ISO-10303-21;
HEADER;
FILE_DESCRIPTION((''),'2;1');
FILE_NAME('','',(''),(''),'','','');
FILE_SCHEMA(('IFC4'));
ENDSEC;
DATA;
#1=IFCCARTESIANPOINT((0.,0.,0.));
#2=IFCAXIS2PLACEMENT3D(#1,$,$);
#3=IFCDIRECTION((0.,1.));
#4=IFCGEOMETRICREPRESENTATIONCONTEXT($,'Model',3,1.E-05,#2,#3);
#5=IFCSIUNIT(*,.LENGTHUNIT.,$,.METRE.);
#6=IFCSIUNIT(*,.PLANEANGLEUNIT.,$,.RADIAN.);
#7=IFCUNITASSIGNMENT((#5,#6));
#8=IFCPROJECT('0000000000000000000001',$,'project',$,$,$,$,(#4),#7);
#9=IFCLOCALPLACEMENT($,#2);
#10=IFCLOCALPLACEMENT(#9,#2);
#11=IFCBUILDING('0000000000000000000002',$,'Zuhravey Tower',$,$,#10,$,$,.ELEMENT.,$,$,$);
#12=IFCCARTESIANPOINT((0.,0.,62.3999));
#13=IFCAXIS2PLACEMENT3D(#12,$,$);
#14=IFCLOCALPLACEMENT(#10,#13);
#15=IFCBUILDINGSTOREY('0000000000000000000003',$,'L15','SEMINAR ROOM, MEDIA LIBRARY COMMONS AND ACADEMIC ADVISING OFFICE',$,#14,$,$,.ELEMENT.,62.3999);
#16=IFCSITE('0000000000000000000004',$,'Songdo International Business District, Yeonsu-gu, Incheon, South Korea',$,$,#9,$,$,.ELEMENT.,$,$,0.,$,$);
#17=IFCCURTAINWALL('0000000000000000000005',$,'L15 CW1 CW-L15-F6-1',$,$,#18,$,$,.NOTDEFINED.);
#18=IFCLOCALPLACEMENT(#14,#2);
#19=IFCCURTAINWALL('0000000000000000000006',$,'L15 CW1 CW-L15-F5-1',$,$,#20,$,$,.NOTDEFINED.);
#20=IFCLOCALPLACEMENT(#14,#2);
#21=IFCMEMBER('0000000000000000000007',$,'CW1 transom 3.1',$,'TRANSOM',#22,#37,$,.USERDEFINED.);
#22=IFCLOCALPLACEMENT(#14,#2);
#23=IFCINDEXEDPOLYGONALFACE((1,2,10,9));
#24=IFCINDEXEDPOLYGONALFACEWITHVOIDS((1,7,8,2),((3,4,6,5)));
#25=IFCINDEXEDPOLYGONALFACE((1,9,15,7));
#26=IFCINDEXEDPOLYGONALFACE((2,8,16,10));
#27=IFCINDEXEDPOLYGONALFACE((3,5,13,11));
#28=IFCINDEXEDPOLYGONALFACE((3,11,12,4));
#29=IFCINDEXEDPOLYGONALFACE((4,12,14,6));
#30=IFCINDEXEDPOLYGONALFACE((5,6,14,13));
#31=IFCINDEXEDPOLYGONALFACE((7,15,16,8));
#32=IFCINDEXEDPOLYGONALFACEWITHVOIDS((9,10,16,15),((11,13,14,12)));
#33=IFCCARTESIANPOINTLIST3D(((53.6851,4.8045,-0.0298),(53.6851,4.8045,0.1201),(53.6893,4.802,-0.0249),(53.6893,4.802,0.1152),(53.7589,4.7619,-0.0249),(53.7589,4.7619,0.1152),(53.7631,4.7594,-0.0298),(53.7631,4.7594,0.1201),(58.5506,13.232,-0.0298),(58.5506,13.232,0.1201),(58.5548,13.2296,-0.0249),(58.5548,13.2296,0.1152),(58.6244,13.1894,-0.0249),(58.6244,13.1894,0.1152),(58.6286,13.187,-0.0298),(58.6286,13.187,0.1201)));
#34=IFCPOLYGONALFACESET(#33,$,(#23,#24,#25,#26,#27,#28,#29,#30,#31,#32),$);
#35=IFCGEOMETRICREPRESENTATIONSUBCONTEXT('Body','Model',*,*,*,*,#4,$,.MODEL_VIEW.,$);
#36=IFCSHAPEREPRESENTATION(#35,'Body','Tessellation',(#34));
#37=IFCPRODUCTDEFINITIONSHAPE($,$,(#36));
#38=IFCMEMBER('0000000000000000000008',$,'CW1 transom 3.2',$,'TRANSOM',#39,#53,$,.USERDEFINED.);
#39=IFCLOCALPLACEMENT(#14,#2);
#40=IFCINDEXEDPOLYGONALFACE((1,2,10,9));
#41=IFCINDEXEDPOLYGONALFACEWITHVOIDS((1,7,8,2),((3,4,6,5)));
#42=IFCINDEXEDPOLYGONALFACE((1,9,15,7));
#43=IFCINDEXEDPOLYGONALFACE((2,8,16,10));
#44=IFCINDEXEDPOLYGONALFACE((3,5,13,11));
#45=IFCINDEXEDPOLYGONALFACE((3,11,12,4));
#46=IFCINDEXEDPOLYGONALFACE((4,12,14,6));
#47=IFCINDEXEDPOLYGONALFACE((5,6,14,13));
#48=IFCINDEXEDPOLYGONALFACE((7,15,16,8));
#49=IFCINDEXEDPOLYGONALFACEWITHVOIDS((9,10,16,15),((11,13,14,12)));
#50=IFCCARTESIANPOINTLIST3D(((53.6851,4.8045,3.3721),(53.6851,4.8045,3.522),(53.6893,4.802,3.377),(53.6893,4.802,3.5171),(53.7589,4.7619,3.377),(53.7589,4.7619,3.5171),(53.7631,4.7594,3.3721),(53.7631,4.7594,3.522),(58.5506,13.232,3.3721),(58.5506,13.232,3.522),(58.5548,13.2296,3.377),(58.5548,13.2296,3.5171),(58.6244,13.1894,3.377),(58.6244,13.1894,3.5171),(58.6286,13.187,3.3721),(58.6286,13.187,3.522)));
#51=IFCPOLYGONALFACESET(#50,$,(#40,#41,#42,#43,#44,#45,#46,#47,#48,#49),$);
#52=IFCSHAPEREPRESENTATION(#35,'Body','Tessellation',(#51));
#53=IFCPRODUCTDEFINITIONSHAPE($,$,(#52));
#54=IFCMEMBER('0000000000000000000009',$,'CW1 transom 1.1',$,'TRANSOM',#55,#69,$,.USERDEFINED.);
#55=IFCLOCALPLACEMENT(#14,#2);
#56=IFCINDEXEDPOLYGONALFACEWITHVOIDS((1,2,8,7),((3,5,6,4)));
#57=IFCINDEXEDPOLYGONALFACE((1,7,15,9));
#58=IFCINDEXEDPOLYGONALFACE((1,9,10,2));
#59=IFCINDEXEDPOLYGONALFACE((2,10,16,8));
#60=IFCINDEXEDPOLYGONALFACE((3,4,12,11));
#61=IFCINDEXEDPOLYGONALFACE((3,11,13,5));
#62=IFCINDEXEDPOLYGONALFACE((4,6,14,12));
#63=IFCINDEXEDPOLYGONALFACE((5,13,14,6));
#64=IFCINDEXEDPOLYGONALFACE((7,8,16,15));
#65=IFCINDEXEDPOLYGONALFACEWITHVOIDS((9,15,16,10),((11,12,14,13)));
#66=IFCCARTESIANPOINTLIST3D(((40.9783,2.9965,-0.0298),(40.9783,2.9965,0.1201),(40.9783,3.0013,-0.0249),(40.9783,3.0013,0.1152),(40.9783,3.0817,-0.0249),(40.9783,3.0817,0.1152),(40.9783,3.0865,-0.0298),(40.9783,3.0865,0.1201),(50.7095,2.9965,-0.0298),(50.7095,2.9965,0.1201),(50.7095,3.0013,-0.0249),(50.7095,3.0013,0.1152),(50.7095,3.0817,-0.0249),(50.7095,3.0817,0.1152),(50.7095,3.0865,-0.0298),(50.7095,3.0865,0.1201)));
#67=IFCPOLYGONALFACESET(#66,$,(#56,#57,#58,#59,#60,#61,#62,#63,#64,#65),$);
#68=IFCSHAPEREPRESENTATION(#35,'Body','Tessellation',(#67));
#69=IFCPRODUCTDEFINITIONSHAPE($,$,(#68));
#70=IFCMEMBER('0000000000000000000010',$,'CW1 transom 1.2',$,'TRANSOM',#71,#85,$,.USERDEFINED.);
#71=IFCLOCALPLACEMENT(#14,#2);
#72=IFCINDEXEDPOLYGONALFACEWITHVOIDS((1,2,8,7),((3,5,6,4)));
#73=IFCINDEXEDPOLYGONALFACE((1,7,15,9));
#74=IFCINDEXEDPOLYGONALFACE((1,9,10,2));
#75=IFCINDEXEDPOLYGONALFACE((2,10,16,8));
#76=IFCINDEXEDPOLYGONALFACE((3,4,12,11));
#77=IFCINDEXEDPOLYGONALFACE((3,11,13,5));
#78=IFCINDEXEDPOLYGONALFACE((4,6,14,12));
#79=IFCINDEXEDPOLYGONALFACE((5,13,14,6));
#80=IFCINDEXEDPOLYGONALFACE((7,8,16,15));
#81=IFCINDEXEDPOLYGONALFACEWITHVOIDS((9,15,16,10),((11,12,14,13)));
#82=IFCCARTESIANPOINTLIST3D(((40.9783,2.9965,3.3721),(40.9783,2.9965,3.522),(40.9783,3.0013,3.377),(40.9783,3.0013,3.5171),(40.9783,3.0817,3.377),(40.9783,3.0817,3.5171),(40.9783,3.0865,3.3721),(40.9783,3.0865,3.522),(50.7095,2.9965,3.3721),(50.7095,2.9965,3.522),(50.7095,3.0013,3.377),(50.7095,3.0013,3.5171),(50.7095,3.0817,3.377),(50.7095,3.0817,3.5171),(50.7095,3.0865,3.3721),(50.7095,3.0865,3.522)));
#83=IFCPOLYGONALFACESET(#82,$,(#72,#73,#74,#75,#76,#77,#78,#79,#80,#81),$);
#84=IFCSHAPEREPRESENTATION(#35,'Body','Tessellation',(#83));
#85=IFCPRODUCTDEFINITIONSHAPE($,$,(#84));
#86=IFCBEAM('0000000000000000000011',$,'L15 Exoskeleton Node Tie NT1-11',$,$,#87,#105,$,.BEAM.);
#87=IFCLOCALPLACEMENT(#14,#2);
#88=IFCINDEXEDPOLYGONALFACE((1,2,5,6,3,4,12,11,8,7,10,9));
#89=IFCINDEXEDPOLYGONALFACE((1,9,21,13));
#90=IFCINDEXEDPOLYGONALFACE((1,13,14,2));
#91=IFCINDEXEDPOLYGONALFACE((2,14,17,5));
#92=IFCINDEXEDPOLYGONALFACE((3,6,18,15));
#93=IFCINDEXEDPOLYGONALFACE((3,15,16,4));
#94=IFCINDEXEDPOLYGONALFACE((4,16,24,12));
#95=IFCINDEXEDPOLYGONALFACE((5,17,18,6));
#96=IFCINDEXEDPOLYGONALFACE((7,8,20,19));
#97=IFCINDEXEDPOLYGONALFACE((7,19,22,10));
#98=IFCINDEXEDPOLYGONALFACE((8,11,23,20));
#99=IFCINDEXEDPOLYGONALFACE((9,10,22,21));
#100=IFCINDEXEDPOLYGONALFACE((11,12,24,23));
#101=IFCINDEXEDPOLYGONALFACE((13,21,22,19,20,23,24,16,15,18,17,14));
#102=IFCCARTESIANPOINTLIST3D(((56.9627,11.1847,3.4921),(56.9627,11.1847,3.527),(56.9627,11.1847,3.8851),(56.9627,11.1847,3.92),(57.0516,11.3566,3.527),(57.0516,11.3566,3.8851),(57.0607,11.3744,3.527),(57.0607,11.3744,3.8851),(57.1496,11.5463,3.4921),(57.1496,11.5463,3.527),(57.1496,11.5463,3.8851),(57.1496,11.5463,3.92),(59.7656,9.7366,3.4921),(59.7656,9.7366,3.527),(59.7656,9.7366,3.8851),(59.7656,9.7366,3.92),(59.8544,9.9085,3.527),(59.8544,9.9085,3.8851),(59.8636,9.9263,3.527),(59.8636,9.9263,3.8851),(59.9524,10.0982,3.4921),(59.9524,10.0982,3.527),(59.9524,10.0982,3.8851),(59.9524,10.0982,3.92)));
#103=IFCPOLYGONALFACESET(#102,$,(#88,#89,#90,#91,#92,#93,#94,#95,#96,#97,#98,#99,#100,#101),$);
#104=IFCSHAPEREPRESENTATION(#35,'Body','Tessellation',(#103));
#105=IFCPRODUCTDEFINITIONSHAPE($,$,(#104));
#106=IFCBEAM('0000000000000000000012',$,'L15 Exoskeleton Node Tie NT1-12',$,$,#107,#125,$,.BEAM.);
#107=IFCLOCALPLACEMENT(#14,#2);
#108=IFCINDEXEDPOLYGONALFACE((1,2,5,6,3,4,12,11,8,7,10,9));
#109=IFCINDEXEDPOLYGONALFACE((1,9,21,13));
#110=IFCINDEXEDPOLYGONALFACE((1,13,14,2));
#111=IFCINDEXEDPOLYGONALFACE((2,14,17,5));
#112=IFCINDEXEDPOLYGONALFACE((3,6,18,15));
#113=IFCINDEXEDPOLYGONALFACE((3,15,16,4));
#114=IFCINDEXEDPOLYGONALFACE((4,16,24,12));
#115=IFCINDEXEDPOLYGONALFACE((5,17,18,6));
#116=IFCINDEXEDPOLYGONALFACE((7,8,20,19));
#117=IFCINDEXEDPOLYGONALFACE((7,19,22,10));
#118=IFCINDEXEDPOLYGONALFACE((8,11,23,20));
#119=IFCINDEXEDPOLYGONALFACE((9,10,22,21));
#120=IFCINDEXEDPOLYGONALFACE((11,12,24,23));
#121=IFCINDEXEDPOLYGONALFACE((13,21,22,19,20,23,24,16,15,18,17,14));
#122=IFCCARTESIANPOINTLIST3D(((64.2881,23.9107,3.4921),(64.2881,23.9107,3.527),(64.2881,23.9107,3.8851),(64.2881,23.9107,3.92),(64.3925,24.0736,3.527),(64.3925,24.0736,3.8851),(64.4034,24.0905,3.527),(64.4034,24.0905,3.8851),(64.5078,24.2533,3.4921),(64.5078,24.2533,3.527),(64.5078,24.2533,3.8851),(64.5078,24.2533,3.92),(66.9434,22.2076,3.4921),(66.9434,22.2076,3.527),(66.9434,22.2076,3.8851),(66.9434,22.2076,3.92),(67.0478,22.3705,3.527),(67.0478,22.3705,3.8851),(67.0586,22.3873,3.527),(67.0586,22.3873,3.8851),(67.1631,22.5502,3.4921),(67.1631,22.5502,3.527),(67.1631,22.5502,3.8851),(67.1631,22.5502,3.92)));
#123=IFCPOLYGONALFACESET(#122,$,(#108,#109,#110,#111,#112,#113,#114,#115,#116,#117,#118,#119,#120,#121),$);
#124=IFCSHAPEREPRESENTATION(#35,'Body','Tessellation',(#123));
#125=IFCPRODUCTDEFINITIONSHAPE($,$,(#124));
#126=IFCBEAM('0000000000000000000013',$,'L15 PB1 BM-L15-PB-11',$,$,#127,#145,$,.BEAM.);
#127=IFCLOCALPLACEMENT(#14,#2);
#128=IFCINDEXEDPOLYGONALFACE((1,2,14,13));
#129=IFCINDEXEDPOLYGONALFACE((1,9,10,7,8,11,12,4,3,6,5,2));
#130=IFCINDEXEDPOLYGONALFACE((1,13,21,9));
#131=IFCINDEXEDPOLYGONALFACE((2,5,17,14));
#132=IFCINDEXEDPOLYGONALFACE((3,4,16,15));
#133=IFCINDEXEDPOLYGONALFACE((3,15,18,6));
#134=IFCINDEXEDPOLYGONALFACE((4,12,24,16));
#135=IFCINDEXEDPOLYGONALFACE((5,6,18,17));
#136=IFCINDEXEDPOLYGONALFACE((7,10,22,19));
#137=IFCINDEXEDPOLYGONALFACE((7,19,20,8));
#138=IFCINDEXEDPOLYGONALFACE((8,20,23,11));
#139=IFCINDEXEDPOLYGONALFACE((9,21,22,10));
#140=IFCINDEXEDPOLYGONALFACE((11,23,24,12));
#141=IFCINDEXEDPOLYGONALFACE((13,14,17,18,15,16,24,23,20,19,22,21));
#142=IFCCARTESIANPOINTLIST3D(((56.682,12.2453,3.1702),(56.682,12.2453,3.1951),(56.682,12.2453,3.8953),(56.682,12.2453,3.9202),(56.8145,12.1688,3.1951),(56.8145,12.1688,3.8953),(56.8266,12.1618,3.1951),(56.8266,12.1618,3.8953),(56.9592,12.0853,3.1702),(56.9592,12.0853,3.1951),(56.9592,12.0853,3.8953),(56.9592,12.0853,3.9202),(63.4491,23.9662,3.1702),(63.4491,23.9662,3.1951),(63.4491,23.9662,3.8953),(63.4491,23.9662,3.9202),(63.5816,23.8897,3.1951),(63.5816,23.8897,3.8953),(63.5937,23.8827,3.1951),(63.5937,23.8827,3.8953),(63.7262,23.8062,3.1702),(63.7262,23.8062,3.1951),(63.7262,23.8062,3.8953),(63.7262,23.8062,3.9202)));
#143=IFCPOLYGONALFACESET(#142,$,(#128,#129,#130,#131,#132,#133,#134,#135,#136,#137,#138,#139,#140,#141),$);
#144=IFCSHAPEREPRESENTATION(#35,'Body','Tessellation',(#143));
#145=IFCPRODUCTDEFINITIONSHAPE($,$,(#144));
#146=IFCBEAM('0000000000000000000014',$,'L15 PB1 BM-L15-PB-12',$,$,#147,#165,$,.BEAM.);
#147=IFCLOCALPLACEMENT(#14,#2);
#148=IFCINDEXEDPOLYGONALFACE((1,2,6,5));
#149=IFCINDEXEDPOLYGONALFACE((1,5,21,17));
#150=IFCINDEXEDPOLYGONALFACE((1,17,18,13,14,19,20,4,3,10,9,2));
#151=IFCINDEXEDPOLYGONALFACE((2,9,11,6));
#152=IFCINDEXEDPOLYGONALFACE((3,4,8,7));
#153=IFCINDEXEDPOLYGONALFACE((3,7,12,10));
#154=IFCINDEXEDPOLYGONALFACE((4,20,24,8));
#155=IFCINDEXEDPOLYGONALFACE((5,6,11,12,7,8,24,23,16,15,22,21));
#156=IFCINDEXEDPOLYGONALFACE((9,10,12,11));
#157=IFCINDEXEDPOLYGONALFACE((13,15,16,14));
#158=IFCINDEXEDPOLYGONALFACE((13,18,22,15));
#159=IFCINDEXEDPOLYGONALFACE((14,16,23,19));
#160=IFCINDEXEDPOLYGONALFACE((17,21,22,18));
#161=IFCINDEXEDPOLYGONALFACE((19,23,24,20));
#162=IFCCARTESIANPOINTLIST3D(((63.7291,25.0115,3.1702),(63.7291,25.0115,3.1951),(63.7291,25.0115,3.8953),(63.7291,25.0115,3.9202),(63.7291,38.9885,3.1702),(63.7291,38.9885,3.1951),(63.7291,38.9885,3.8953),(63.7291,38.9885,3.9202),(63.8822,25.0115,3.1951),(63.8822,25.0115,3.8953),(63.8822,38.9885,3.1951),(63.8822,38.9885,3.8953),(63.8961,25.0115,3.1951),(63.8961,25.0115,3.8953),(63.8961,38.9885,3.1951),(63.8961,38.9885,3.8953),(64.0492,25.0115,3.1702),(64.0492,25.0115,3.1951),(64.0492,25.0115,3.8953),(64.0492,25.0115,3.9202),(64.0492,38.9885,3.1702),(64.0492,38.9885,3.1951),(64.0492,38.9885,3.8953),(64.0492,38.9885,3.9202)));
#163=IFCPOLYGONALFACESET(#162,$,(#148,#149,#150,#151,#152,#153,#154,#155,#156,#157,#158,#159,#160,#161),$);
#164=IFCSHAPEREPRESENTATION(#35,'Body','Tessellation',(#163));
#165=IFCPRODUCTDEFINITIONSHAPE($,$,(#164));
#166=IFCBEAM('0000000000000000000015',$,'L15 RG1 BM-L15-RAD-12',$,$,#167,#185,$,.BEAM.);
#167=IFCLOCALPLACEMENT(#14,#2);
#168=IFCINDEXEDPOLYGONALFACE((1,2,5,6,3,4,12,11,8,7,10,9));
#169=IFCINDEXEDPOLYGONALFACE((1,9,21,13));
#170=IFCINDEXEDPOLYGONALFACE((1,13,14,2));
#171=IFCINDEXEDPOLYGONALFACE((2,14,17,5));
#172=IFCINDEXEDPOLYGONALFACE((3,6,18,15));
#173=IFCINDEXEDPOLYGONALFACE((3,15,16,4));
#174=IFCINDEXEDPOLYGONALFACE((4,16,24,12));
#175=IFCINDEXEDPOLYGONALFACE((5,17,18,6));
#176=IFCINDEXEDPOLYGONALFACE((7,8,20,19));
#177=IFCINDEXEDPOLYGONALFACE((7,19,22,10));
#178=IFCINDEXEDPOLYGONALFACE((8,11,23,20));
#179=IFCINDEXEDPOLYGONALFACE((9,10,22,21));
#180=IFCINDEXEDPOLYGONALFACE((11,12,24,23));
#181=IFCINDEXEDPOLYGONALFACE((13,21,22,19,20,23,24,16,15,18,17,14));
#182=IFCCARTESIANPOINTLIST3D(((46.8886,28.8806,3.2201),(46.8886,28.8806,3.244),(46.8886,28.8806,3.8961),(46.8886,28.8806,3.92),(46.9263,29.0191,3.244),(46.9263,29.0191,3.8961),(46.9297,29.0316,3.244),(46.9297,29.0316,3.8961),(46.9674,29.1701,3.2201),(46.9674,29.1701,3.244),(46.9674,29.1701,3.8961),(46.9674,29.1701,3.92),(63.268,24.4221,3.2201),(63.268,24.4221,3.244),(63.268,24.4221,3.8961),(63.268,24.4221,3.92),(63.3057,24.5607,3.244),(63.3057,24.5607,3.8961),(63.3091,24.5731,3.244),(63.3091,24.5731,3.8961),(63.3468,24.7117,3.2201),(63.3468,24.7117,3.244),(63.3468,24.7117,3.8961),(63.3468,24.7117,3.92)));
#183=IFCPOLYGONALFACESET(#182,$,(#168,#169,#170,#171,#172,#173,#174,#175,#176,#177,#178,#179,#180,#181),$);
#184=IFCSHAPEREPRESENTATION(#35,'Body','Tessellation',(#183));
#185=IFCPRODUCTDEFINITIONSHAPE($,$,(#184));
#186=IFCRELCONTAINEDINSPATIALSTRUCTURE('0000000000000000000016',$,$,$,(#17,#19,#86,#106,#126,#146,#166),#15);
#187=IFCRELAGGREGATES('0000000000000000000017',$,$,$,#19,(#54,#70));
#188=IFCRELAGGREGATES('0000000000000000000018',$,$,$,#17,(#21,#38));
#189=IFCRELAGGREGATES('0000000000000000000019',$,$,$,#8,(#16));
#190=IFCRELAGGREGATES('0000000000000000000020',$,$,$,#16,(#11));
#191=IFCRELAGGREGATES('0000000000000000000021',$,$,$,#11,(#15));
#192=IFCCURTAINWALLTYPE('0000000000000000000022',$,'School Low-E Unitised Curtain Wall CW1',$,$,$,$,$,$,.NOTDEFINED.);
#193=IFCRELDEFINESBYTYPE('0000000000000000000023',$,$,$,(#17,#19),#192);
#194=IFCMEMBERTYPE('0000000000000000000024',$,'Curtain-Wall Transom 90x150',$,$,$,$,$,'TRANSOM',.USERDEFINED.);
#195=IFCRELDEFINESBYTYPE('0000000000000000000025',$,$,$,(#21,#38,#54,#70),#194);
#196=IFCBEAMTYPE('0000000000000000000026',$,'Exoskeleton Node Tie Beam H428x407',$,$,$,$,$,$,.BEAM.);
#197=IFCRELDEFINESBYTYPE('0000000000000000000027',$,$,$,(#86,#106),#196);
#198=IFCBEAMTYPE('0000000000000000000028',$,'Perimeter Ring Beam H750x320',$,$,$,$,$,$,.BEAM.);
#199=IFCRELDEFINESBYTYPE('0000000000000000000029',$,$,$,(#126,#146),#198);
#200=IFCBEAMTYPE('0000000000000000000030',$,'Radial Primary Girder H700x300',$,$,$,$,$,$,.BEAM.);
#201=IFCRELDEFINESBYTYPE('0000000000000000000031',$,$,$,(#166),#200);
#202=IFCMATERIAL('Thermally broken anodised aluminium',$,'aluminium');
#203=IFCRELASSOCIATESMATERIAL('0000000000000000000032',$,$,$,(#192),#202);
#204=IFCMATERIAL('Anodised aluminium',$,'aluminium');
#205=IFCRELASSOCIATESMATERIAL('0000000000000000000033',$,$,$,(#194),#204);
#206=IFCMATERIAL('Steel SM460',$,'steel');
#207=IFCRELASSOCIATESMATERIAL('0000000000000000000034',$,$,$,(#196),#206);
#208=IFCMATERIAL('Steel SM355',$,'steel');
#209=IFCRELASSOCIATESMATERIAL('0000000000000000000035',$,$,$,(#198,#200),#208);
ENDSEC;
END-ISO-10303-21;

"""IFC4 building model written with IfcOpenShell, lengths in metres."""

from ifc_helpers import new_model, si_unit, direction, frame, origin, origin_2d, place, context, subcontext, project, spatial, hollow_rectangle, i_section, extrude, material, material_profile, profile_set, type_object, element, aggregate, save


model = new_model("IFC4")

# Units and contexts
model_context = context("Model", 3, precision=1e-05, world=origin(), true_north=direction((0.0, 1.0)))
body_context = subcontext(model_context, "Body", "Model", "MODEL_VIEW")
ifc_project = project(units=[si_unit("LENGTHUNIT", "METRE"), si_unit("PLANEANGLEUNIT", "RADIAN")], contexts=[model_context])

# Site, building, storey
site_placement = place(None, origin())
site = spatial("IfcSite", under=ifc_project, at=site_placement, Name="Songdo International Business District, Yeonsu-gu, Incheon, South Korea", CompositionType="ELEMENT", RefElevation=0.0)
building_placement = place(site_placement, origin())
building = spatial("IfcBuilding", under=site, at=building_placement, Name="Zuhravey Tower", CompositionType="ELEMENT")
storey_placement = place(building_placement, frame((0.0, 0.0, 62.3999)))
storey = spatial("IfcBuildingStorey", under=building, at=storey_placement, Name="L15", Description="SEMINAR ROOM, MEDIA LIBRARY COMMONS AND ACADEMIC ADVISING OFFICE", CompositionType="ELEMENT", Elevation=62.3999)

# Curtain wall
ifc_material_1 = material(Name="Thermally broken anodised aluminium", Category="aluminium")
curtain_wall_type = type_object("IfcCurtainWallType", Name="School Low-E Unitised Curtain Wall CW1", PredefinedType="NOTDEFINED", material=ifc_material_1)
curtain_wall_1_placement = place(storey_placement, origin())
curtain_wall_1 = element("IfcCurtainWall", 1, at=curtain_wall_1_placement, inside=storey, type_object=curtain_wall_type, Name="L15 CW1 CW-L15-F6-1", PredefinedType="NOTDEFINED")
ifc_material_2 = material(Name="Anodised aluminium", Category="aluminium")

# Curtain wall
curtain_wall_2_placement = place(storey_placement, origin())
curtain_wall_2 = element("IfcCurtainWall", 2, at=curtain_wall_2_placement, inside=storey, type_object=curtain_wall_type, Name="L15 CW1 CW-L15-F5-1", PredefinedType="NOTDEFINED")

# Members
ifc_material_profile_1 = material_profile(ifc_material_2, hollow_rectangle(XDim=0.0901, YDim=0.1499, WallThickness=0.0049, at=origin_2d()), Name="ALU-RHS-90x150x5")
ifc_profile_set_1 = profile_set([ifc_material_profile_1], Name="Anodised aluminium")
member_type_1 = type_object("IfcMemberType", Name="Curtain-Wall Transom 90x150", ElementType="TRANSOM", PredefinedType="USERDEFINED", material=ifc_profile_set_1)
member_1_placement = place(storey_placement, frame((58.5896, 13.2095, 0.0452), z_axis=(-0.49999, -0.866031, 0.0), x_axis=(0.866031, -0.49999, 0.0)))
member_1 = element("IfcMember", 3, at=member_1_placement, type_object=member_type_1, Name="CW1 transom 3.1", ObjectType="TRANSOM", PredefinedType="USERDEFINED", context=body_context, shape_type="SweptSolid", body=[
    extrude(hollow_rectangle(XDim=0.0901, YDim=0.1499, WallThickness=0.0049, at=origin_2d()), origin(), (0.0, 0.0, 1.0), 9.7312),
])
member_2_placement = place(storey_placement, frame((58.5896, 13.2095, 3.447), z_axis=(-0.49999, -0.866031, 0.0), x_axis=(0.866031, -0.49999, 0.0)))
member_2 = element("IfcMember", 4, at=member_2_placement, type_object=member_type_1, Name="CW1 transom 3.2", ObjectType="TRANSOM", PredefinedType="USERDEFINED", context=body_context, shape_type="SweptSolid", body=[
    extrude(hollow_rectangle(XDim=0.0901, YDim=0.1499, WallThickness=0.0049, at=origin_2d()), origin(), (0.0, 0.0, 1.0), 9.7312),
])
member_3_placement = place(storey_placement, frame((50.7095, 3.0415, 0.0452), z_axis=(-1.0, 0.0, 0.0), x_axis=(0.0, -1.0, 0.0)))
member_3 = element("IfcMember", 5, at=member_3_placement, type_object=member_type_1, Name="CW1 transom 1.1", ObjectType="TRANSOM", PredefinedType="USERDEFINED", context=body_context, shape_type="SweptSolid", body=[
    extrude(hollow_rectangle(XDim=0.0901, YDim=0.1499, WallThickness=0.0049, at=origin_2d()), origin(), (0.0, 0.0, 1.0), 9.7312),
])
member_4_placement = place(storey_placement, frame((50.7095, 3.0415, 3.447), z_axis=(-1.0, 0.0, 0.0), x_axis=(0.0, -1.0, 0.0)))
member_4 = element("IfcMember", 6, at=member_4_placement, type_object=member_type_1, Name="CW1 transom 1.2", ObjectType="TRANSOM", PredefinedType="USERDEFINED", context=body_context, shape_type="SweptSolid", body=[
    extrude(hollow_rectangle(XDim=0.0901, YDim=0.1499, WallThickness=0.0049, at=origin_2d()), origin(), (0.0, 0.0, 1.0), 9.7312),
])
aggregate(curtain_wall_2, [member_3, member_4])

# Beams
ifc_material_3 = material(Name="Steel SM460", Category="steel")
ifc_material_profile_2 = material_profile(ifc_material_3, i_section(OverallWidth=0.407, OverallDepth=0.428, WebThickness=0.02, FlangeThickness=0.0349, at=origin_2d()), Name="H-428x407x20x35")
ifc_profile_set_2 = profile_set([ifc_material_profile_2], Name="Steel SM460")
beam_type_1 = type_object("IfcBeamType", Name="Exoskeleton Node Tie Beam H428x407", PredefinedType="BEAM", material=ifc_profile_set_2)
beam_1_placement = place(storey_placement, frame((57.0562, 11.3655, 3.7061), z_axis=(0.888436, -0.459, 0.0), x_axis=(0.459, 0.888436, 0.0)))
element("IfcBeam", 7, at=beam_1_placement, inside=storey, type_object=beam_type_1, Name="L15 Exoskeleton Node Tie NT1-11", PredefinedType="BEAM", context=body_context, shape_type="SweptSolid", body=[
    extrude(i_section(OverallWidth=0.407, OverallDepth=0.428, WebThickness=0.02, FlangeThickness=0.0349, at=origin_2d()), origin(), (0.0, 0.0, 1.0), 3.1548),
])
beam_2_placement = place(storey_placement, frame((64.3979, 24.082, 3.7061), z_axis=(0.841731, -0.539897, 0.0), x_axis=(0.539897, 0.841731, 0.0)))
element("IfcBeam", 8, at=beam_2_placement, inside=storey, type_object=beam_type_1, Name="L15 Exoskeleton Node Tie NT1-12", PredefinedType="BEAM", context=body_context, shape_type="SweptSolid", body=[
    extrude(i_section(OverallWidth=0.407, OverallDepth=0.428, WebThickness=0.02, FlangeThickness=0.0349, at=origin_2d()), origin(), (0.0, 0.0, 1.0), 3.1545),
])
ifc_material_4 = material(Name="Steel SM355", Category="steel")
ifc_material_profile_3 = material_profile(ifc_material_4, i_section(OverallWidth=0.3201, OverallDepth=0.75, WebThickness=0.0139, FlangeThickness=0.0249, at=origin_2d()), Name="H-750x320x14x25")
ifc_profile_set_3 = profile_set([ifc_material_profile_3], Name="Steel SM355")
beam_type_2 = type_object("IfcBeamType", Name="Perimeter Ring Beam H750x320", PredefinedType="BEAM", material=ifc_profile_set_3)
beam_3_placement = place(storey_placement, frame((56.8206, 12.1653, 3.5452), z_axis=(0.5, 0.866025, 0.0), x_axis=(-0.866025, 0.5, 0.0)))
element("IfcBeam", 9, at=beam_3_placement, inside=storey, type_object=beam_type_2, Name="L15 PB1 BM-L15-PB-11", PredefinedType="BEAM", context=body_context, shape_type="SweptSolid", body=[
    extrude(i_section(OverallWidth=0.3201, OverallDepth=0.75, WebThickness=0.0139, FlangeThickness=0.0249, at=origin_2d()), origin(), (0.0, 0.0, 1.0), 13.5342),
])
beam_4_placement = place(storey_placement, frame((63.8892, 25.0115, 3.5452), z_axis=(0.0, 1.0, 0.0), x_axis=(-1.0, 0.0, 0.0)))
element("IfcBeam", 10, at=beam_4_placement, inside=storey, type_object=beam_type_2, Name="L15 PB1 BM-L15-PB-12", PredefinedType="BEAM", context=body_context, shape_type="SweptSolid", body=[
    extrude(i_section(OverallWidth=0.3201, OverallDepth=0.75, WebThickness=0.0139, FlangeThickness=0.0249, at=origin_2d()), origin(), (0.0, 0.0, 1.0), 13.9771),
])
ifc_material_profile_4 = material_profile(ifc_material_4, i_section(OverallWidth=0.3, OverallDepth=0.7, WebThickness=0.0129, FlangeThickness=0.0239, at=origin_2d()), Name="H-700x300x13x24")
ifc_profile_set_4 = profile_set([ifc_material_profile_4], Name="Steel SM355")
beam_type_3 = type_object("IfcBeamType", Name="Radial Primary Girder H700x300", PredefinedType="BEAM", material=ifc_profile_set_4)
beam_5_placement = place(storey_placement, frame((46.928, 29.0254, 3.5701), z_axis=(0.964892, -0.262645, 0.0), x_axis=(0.262645, 0.964892, 0.0)))
element("IfcBeam", 11, at=beam_5_placement, inside=storey, type_object=beam_type_3, Name="L15 RG1 BM-L15-RAD-12", PredefinedType="BEAM", context=body_context, shape_type="SweptSolid", body=[
    extrude(i_section(OverallWidth=0.3, OverallDepth=0.7, WebThickness=0.0129, FlangeThickness=0.0239, at=origin_2d()), origin(), (0.0, 0.0, 1.0), 16.9753),
])

aggregate(curtain_wall_1, [member_1, member_2])

save(model, "model.ifc")
